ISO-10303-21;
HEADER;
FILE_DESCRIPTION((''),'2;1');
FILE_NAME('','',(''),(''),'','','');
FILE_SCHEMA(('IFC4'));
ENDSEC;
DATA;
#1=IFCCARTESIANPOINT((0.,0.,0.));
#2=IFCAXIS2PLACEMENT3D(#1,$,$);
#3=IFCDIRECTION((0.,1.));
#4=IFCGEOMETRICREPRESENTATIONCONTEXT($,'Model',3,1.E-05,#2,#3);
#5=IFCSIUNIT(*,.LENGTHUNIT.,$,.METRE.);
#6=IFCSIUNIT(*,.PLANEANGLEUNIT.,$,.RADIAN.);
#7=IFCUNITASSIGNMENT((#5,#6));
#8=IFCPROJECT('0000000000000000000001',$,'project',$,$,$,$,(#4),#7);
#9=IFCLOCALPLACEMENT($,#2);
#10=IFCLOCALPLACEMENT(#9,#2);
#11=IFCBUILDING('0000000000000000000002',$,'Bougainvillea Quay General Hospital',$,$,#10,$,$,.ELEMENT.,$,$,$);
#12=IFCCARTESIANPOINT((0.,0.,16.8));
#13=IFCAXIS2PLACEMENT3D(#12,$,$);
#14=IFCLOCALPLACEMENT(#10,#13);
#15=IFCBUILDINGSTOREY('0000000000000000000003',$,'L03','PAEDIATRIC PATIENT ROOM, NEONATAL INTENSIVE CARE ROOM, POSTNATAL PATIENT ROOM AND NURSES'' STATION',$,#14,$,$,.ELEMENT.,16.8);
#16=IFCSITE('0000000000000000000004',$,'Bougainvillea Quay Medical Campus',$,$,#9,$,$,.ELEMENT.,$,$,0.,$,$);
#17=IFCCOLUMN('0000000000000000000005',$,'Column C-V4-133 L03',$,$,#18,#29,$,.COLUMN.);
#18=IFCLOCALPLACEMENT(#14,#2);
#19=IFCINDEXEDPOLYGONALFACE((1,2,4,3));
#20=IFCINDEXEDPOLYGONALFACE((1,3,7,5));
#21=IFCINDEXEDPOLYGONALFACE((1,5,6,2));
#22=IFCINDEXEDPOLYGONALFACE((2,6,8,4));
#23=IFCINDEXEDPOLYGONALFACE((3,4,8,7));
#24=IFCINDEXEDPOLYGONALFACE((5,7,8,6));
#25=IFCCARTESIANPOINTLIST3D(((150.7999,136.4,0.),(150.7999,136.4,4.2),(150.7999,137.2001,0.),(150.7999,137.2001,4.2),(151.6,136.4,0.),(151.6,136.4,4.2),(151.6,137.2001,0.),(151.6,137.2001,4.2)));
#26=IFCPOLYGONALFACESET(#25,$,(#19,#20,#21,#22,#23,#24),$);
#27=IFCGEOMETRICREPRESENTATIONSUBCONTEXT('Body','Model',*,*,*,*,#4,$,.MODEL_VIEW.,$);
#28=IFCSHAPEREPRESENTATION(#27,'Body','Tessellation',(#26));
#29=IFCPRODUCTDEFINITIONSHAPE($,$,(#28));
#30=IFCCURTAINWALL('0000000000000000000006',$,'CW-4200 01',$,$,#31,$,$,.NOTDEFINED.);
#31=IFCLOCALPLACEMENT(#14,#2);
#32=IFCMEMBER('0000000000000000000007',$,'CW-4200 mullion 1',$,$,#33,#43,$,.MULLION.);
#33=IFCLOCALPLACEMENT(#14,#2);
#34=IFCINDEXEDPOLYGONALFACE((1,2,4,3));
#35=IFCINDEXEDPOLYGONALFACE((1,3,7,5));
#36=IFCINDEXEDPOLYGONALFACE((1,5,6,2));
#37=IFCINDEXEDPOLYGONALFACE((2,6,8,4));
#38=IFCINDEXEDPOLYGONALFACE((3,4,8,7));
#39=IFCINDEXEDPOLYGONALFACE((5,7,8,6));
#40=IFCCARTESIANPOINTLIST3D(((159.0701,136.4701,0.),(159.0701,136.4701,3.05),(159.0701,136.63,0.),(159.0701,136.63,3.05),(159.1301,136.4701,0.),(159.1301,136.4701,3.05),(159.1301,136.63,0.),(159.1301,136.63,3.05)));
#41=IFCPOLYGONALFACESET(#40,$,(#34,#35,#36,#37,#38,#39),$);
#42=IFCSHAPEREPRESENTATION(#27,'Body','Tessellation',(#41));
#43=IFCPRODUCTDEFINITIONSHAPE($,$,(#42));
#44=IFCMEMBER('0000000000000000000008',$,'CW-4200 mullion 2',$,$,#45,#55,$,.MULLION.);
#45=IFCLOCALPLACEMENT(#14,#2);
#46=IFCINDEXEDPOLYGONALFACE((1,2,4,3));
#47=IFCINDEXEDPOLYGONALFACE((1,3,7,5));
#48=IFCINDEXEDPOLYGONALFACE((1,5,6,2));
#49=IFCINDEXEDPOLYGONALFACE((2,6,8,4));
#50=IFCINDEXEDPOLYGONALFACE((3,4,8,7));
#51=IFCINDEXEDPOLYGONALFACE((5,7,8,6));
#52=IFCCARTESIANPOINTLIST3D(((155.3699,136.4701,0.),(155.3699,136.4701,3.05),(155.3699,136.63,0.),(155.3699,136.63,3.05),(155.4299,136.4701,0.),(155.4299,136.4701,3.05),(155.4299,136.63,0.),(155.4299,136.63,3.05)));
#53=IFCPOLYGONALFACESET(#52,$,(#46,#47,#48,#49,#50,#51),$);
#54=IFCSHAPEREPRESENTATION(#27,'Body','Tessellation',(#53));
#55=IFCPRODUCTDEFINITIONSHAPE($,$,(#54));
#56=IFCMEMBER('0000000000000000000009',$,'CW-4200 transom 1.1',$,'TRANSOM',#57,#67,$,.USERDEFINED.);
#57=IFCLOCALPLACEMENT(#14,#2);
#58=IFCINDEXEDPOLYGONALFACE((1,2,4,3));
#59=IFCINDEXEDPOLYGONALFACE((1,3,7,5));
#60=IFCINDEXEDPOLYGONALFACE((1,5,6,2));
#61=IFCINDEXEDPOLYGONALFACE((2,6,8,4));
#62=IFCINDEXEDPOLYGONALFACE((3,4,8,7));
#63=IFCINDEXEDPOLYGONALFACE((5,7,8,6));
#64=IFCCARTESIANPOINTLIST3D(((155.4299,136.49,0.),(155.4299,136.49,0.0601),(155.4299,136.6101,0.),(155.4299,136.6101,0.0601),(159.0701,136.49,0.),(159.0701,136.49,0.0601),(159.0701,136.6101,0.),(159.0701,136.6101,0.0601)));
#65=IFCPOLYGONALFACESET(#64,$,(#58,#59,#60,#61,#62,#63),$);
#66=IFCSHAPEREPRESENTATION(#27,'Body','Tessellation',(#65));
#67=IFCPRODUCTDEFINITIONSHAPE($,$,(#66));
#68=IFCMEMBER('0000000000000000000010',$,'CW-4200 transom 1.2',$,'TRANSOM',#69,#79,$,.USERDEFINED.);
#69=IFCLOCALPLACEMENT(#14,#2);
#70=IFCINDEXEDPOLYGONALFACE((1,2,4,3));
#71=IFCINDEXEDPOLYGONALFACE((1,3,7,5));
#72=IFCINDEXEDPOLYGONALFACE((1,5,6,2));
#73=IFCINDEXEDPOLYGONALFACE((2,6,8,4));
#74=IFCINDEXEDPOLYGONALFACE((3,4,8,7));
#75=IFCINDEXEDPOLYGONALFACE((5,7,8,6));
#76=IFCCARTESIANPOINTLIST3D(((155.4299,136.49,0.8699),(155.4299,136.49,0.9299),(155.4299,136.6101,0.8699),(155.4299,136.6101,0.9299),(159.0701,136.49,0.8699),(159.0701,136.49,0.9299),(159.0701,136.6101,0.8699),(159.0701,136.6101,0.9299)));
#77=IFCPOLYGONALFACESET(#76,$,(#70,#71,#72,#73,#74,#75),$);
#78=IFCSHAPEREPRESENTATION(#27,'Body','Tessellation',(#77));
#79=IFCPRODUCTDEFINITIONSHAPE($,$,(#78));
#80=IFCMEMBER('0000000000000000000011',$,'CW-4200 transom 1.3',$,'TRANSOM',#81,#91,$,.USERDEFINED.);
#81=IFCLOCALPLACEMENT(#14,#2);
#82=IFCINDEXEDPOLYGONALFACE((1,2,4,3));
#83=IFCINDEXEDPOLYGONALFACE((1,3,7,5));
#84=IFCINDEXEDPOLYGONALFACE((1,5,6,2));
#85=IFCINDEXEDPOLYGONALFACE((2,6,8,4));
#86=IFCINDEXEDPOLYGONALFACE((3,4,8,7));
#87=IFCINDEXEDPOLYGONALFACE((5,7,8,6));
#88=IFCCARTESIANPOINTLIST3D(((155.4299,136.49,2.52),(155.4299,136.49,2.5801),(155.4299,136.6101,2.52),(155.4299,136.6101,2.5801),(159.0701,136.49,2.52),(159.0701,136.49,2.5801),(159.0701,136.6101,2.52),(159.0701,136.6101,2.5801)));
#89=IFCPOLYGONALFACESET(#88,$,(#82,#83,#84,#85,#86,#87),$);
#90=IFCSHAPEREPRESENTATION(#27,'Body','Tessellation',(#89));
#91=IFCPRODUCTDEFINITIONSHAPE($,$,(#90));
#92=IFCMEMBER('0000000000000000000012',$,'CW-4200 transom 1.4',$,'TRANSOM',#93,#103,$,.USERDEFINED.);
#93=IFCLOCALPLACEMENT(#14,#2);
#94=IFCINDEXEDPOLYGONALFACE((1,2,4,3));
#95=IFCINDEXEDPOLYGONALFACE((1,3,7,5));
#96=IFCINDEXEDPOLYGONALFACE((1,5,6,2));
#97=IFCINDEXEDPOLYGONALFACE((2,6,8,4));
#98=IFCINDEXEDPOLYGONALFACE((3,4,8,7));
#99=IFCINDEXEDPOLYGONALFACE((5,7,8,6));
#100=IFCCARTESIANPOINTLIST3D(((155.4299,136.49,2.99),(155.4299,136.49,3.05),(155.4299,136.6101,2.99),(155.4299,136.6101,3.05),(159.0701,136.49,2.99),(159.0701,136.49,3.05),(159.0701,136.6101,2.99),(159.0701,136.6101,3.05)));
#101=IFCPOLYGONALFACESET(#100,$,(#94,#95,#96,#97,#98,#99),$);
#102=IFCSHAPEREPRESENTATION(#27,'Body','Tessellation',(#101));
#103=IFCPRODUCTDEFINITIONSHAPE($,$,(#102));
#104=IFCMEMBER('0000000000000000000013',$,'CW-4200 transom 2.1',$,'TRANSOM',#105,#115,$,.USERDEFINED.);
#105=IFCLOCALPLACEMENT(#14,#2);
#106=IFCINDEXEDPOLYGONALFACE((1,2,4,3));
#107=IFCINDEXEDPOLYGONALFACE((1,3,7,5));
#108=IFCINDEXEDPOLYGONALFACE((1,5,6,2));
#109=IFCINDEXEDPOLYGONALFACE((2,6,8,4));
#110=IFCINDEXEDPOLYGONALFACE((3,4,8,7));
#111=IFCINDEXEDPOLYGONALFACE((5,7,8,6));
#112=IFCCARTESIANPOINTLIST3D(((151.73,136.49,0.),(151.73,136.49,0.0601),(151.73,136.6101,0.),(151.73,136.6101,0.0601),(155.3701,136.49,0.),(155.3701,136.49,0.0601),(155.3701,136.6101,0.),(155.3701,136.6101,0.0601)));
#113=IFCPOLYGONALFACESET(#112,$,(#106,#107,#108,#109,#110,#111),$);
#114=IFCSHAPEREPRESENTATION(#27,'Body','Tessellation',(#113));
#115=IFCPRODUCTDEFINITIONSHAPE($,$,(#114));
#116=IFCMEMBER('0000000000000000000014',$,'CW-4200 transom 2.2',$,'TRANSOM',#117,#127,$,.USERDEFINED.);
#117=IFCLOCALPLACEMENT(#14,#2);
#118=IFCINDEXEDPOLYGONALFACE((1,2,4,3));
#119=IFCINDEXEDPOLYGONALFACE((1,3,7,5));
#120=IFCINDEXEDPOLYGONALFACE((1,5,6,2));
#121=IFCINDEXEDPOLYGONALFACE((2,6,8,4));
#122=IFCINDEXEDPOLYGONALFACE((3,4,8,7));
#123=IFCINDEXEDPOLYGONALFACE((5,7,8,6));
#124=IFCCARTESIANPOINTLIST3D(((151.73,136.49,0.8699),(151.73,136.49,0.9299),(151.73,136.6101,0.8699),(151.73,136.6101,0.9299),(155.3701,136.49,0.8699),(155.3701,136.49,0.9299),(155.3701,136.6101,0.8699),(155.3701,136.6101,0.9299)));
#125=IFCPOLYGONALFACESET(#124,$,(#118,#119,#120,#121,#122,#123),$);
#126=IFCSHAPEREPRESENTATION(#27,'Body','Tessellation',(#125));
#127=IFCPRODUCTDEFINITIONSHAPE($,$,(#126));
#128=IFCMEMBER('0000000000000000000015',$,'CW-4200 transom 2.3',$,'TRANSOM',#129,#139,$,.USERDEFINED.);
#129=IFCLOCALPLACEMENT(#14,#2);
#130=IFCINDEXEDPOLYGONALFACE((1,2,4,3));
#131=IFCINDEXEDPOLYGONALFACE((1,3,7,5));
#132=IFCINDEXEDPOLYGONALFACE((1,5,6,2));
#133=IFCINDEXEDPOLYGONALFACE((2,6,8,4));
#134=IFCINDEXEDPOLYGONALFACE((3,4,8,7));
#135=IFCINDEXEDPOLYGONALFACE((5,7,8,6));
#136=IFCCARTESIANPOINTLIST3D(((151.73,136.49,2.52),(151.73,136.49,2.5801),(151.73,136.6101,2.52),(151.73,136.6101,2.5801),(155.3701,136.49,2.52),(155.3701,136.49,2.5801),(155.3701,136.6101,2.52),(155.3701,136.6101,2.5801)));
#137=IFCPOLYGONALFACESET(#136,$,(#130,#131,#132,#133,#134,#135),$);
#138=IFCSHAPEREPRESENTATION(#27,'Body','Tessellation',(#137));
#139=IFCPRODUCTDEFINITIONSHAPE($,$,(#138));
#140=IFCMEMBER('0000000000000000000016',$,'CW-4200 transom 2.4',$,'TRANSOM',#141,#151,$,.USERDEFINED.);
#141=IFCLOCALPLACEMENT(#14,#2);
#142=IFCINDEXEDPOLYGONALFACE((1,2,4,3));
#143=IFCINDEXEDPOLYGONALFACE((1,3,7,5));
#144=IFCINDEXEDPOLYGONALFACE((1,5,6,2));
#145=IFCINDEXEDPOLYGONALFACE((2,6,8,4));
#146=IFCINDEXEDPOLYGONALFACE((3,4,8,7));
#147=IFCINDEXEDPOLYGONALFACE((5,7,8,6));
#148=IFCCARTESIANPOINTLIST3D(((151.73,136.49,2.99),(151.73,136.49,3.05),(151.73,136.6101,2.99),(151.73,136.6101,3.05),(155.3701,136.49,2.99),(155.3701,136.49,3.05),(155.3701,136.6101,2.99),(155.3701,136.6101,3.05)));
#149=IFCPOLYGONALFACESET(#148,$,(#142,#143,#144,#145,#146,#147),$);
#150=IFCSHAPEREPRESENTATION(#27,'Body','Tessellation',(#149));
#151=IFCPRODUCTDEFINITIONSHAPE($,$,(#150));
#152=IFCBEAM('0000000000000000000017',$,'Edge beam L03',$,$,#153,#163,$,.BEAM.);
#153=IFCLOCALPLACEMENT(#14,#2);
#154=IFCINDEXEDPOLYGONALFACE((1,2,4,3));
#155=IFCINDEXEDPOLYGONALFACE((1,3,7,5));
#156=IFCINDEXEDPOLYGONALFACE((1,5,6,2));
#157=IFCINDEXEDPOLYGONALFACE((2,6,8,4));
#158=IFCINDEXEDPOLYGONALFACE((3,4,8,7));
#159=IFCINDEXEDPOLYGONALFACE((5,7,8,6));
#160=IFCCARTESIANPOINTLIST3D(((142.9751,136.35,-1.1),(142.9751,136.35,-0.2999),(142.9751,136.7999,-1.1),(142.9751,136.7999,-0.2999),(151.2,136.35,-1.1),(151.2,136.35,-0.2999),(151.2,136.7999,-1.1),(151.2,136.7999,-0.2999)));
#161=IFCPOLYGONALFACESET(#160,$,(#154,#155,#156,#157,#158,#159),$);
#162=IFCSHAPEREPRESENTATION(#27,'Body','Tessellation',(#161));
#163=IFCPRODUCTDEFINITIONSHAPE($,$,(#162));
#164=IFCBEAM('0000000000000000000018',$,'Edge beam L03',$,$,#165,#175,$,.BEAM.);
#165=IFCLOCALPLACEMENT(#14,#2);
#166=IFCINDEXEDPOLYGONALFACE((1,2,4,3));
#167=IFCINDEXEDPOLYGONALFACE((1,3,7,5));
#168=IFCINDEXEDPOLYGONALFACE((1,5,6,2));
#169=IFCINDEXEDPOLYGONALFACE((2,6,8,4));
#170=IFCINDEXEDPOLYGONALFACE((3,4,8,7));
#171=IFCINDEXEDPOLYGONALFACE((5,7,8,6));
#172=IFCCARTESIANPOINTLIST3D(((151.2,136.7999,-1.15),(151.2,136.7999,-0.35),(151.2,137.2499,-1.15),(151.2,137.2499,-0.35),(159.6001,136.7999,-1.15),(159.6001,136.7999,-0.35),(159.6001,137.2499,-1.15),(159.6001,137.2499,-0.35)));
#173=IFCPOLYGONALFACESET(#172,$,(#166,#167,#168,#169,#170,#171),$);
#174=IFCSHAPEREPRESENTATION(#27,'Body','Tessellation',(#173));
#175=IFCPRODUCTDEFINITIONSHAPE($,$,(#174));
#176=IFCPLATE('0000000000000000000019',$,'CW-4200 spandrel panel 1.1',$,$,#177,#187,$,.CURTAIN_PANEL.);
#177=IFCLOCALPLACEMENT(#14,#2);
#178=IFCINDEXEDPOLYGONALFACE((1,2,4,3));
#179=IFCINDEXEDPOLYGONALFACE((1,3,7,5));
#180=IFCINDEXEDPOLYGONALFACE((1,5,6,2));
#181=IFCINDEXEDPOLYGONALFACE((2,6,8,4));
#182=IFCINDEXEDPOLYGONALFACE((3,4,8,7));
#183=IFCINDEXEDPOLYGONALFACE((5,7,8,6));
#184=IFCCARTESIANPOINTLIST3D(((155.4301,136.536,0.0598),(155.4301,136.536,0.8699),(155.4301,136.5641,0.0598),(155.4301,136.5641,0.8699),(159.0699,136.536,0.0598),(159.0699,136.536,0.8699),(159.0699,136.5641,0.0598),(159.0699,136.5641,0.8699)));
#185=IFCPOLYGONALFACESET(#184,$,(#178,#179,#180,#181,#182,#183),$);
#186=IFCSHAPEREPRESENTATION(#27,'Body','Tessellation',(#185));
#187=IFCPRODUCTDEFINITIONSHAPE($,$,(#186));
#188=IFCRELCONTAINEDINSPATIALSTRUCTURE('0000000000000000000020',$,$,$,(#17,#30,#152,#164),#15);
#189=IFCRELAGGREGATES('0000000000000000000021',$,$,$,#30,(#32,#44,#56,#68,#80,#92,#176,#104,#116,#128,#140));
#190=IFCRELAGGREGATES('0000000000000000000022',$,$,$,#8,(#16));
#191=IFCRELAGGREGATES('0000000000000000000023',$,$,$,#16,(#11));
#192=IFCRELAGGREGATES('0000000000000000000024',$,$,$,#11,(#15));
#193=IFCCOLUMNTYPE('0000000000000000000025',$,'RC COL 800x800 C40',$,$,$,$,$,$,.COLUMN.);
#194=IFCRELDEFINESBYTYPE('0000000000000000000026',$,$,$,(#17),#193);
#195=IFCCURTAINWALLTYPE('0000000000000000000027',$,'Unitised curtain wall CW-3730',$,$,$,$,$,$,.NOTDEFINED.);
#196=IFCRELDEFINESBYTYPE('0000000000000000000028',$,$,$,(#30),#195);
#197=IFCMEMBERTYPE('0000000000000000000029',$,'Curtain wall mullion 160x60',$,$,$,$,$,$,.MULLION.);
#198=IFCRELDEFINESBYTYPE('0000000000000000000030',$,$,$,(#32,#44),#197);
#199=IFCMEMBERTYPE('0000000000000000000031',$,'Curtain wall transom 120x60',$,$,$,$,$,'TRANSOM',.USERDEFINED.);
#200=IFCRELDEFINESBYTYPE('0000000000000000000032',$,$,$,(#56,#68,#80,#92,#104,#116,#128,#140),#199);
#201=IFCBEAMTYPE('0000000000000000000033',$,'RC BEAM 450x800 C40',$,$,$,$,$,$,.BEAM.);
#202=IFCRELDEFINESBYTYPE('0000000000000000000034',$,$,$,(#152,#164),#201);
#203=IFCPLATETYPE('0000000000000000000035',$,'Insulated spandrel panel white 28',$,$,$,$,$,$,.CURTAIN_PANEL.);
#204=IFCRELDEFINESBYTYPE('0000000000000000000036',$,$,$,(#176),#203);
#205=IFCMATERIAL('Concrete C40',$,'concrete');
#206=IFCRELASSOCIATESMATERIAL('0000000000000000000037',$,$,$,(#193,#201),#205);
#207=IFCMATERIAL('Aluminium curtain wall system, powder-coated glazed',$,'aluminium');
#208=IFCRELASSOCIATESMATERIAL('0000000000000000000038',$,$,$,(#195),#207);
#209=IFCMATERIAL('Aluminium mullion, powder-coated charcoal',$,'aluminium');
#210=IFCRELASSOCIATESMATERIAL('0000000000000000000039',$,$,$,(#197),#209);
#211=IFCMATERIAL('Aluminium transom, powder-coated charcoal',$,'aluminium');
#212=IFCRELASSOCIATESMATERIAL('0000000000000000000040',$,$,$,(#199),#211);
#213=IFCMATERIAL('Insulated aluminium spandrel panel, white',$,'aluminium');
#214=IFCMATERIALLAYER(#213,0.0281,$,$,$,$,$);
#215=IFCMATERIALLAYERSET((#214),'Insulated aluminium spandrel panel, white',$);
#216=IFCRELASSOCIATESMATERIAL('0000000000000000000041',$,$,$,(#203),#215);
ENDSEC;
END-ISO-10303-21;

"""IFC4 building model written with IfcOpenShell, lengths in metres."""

from ifc_helpers import new_model, si_unit, direction, frame, origin, origin_2d, place, context, subcontext, project, spatial, rectangle, extrude, material, layer, layer_set, material_profile, profile_set, type_object, element, aggregate, save


model = new_model("IFC4")

# Units and contexts
model_context = context("Model", 3, precision=1e-05, world=origin(), true_north=direction((0.0, 1.0)))
body_context = subcontext(model_context, "Body", "Model", "MODEL_VIEW")
ifc_project = project(units=[si_unit("LENGTHUNIT", "METRE"), si_unit("PLANEANGLEUNIT", "RADIAN")], contexts=[model_context])

# Site, building, storey
site_placement = place(None, origin())
site = spatial("IfcSite", under=ifc_project, at=site_placement, Name="Bougainvillea Quay Medical Campus", CompositionType="ELEMENT", RefElevation=0.0)
building_placement = place(site_placement, origin())
building = spatial("IfcBuilding", under=site, at=building_placement, Name="Bougainvillea Quay General Hospital", CompositionType="ELEMENT")
storey_placement = place(building_placement, frame((0.0, 0.0, 16.8)))
storey = spatial("IfcBuildingStorey", under=building, at=storey_placement, Name="L03", Description="PAEDIATRIC PATIENT ROOM, NEONATAL INTENSIVE CARE ROOM, POSTNATAL PATIENT ROOM AND NURSES' STATION", CompositionType="ELEMENT", Elevation=16.8)

# Column
ifc_material_1 = material(Name="Concrete C40", Category="concrete")
ifc_material_profile_1 = material_profile(ifc_material_1, rectangle(XDim=0.8, YDim=0.8, at=origin_2d()))
ifc_profile_set_1 = profile_set([ifc_material_profile_1], Name="Concrete C40")
column_type = type_object("IfcColumnType", Name="RC COL 800x800 C40", PredefinedType="COLUMN", material=ifc_profile_set_1)
column_placement = place(storey_placement, frame((151.2, 136.8, 0.0), z_axis=(0.0, 0.0, 1.0), x_axis=(1.0, 0.0, 0.0)))
element("IfcColumn", 1, at=column_placement, inside=storey, type_object=column_type, Name="Column C-V4-133 L03", PredefinedType="COLUMN", context=body_context, shape_type="SweptSolid", body=[
    extrude(rectangle(XDim=0.8, YDim=0.8, at=origin_2d()), origin(), (0.0, 0.0, 1.0), 4.2),
])

# Curtain wall, members
ifc_material_2 = material(Name="Aluminium curtain wall system, powder-coated glazed", Category="aluminium")
curtain_wall_type = type_object("IfcCurtainWallType", Name="Unitised curtain wall CW-3730", PredefinedType="NOTDEFINED", material=ifc_material_2)
curtain_wall_placement = place(storey_placement, origin())
curtain_wall = element("IfcCurtainWall", 2, at=curtain_wall_placement, inside=storey, type_object=curtain_wall_type, Name="CW-4200 01", PredefinedType="NOTDEFINED")
ifc_material_3 = material(Name="Aluminium mullion, powder-coated charcoal", Category="aluminium")
ifc_material_profile_2 = material_profile(ifc_material_3, rectangle(XDim=0.1599, YDim=0.0601, at=origin_2d()))
ifc_profile_set_2 = profile_set([ifc_material_profile_2], Name="Aluminium mullion, powder-coated charcoal")
member_type_1 = type_object("IfcMemberType", Name="Curtain wall mullion 160x60", PredefinedType="MULLION", material=ifc_profile_set_2)
member_1_placement = place(storey_placement, frame((159.1001, 136.55, 0.0), z_axis=(0.0, 0.0, 1.0), x_axis=(0.0, -1.0, 0.0)))
member_1 = element("IfcMember", 3, at=member_1_placement, type_object=member_type_1, Name="CW-4200 mullion 1", PredefinedType="MULLION", context=body_context, shape_type="SweptSolid", body=[
    extrude(rectangle(XDim=0.1599, YDim=0.0601, at=origin_2d()), origin(), (0.0, 0.0, 1.0), 3.05),
])
member_2_placement = place(storey_placement, frame((155.3999, 136.55, 0.0), z_axis=(0.0, 0.0, 1.0), x_axis=(0.0, -1.0, 0.0)))
member_2 = element("IfcMember", 4, at=member_2_placement, type_object=member_type_1, Name="CW-4200 mullion 2", PredefinedType="MULLION", context=body_context, shape_type="SweptSolid", body=[
    extrude(rectangle(XDim=0.1599, YDim=0.0601, at=origin_2d()), origin(), (0.0, 0.0, 1.0), 3.05),
])
ifc_material_4 = material(Name="Aluminium transom, powder-coated charcoal", Category="aluminium")
ifc_material_profile_3 = material_profile(ifc_material_4, rectangle(XDim=0.1201, YDim=0.0601, at=origin_2d()))
ifc_profile_set_3 = profile_set([ifc_material_profile_3], Name="Aluminium transom, powder-coated charcoal")
member_type_2 = type_object("IfcMemberType", Name="Curtain wall transom 120x60", ElementType="TRANSOM", PredefinedType="USERDEFINED", material=ifc_profile_set_3)
member_3_placement = place(storey_placement, frame((159.0701, 136.55, 0.03), z_axis=(-1.0, 0.0, 0.0), x_axis=(0.0, -1.0, 0.0)))
member_3 = element("IfcMember", 5, at=member_3_placement, type_object=member_type_2, Name="CW-4200 transom 1.1", ObjectType="TRANSOM", PredefinedType="USERDEFINED", context=body_context, shape_type="SweptSolid", body=[
    extrude(rectangle(XDim=0.1201, YDim=0.0601, at=origin_2d()), origin(), (0.0, 0.0, 1.0), 3.6401),
])
member_4_placement = place(storey_placement, frame((159.0701, 136.55, 0.8999), z_axis=(-1.0, 0.0, 0.0), x_axis=(0.0, -1.0, 0.0)))
member_4 = element("IfcMember", 6, at=member_4_placement, type_object=member_type_2, Name="CW-4200 transom 1.2", ObjectType="TRANSOM", PredefinedType="USERDEFINED", context=body_context, shape_type="SweptSolid", body=[
    extrude(rectangle(XDim=0.1201, YDim=0.0601, at=origin_2d()), origin(), (0.0, 0.0, 1.0), 3.6401),
])
member_5_placement = place(storey_placement, frame((159.0701, 136.55, 2.55), z_axis=(-1.0, 0.0, 0.0), x_axis=(0.0, -1.0, 0.0)))
member_5 = element("IfcMember", 7, at=member_5_placement, type_object=member_type_2, Name="CW-4200 transom 1.3", ObjectType="TRANSOM", PredefinedType="USERDEFINED", context=body_context, shape_type="SweptSolid", body=[
    extrude(rectangle(XDim=0.1201, YDim=0.0601, at=origin_2d()), origin(), (0.0, 0.0, 1.0), 3.6401),
])
member_6_placement = place(storey_placement, frame((159.0701, 136.55, 3.02), z_axis=(-1.0, 0.0, 0.0), x_axis=(0.0, -1.0, 0.0)))
member_6 = element("IfcMember", 8, at=member_6_placement, type_object=member_type_2, Name="CW-4200 transom 1.4", ObjectType="TRANSOM", PredefinedType="USERDEFINED", context=body_context, shape_type="SweptSolid", body=[
    extrude(rectangle(XDim=0.1201, YDim=0.0601, at=origin_2d()), origin(), (0.0, 0.0, 1.0), 3.6401),
])
member_7_placement = place(storey_placement, frame((155.3701, 136.55, 0.03), z_axis=(-1.0, 0.0, 0.0), x_axis=(0.0, -1.0, 0.0)))
member_7 = element("IfcMember", 9, at=member_7_placement, type_object=member_type_2, Name="CW-4200 transom 2.1", ObjectType="TRANSOM", PredefinedType="USERDEFINED", context=body_context, shape_type="SweptSolid", body=[
    extrude(rectangle(XDim=0.1201, YDim=0.0601, at=origin_2d()), origin(), (0.0, 0.0, 1.0), 3.6401),
])
member_8_placement = place(storey_placement, frame((155.3701, 136.55, 0.8999), z_axis=(-1.0, 0.0, 0.0), x_axis=(0.0, -1.0, 0.0)))
member_8 = element("IfcMember", 10, at=member_8_placement, type_object=member_type_2, Name="CW-4200 transom 2.2", ObjectType="TRANSOM", PredefinedType="USERDEFINED", context=body_context, shape_type="SweptSolid", body=[
    extrude(rectangle(XDim=0.1201, YDim=0.0601, at=origin_2d()), origin(), (0.0, 0.0, 1.0), 3.6401),
])
member_9_placement = place(storey_placement, frame((155.3701, 136.55, 2.55), z_axis=(-1.0, 0.0, 0.0), x_axis=(0.0, -1.0, 0.0)))
member_9 = element("IfcMember", 11, at=member_9_placement, type_object=member_type_2, Name="CW-4200 transom 2.3", ObjectType="TRANSOM", PredefinedType="USERDEFINED", context=body_context, shape_type="SweptSolid", body=[
    extrude(rectangle(XDim=0.1201, YDim=0.0601, at=origin_2d()), origin(), (0.0, 0.0, 1.0), 3.6401),
])
member_10_placement = place(storey_placement, frame((155.3701, 136.55, 3.02), z_axis=(-1.0, 0.0, 0.0), x_axis=(0.0, -1.0, 0.0)))
member_10 = element("IfcMember", 12, at=member_10_placement, type_object=member_type_2, Name="CW-4200 transom 2.4", ObjectType="TRANSOM", PredefinedType="USERDEFINED", context=body_context, shape_type="SweptSolid", body=[
    extrude(rectangle(XDim=0.1201, YDim=0.0601, at=origin_2d()), origin(), (0.0, 0.0, 1.0), 3.6401),
])

# Beams
ifc_material_profile_4 = material_profile(ifc_material_1, rectangle(XDim=0.45, YDim=0.8, at=origin_2d()))
ifc_profile_set_4 = profile_set([ifc_material_profile_4], Name="Concrete C40")
beam_type = type_object("IfcBeamType", Name="RC BEAM 450x800 C40", PredefinedType="BEAM", material=ifc_profile_set_4)
beam_1_placement = place(storey_placement, frame((151.2, 136.575, -0.7), z_axis=(-1.0, 0.0, 0.0), x_axis=(0.0, -1.0, 0.0)))
element("IfcBeam", 13, at=beam_1_placement, inside=storey, type_object=beam_type, Name="Edge beam L03", PredefinedType="BEAM", context=body_context, shape_type="SweptSolid", body=[
    extrude(rectangle(XDim=0.45, YDim=0.8, at=origin_2d()), origin(), (0.0, 0.0, 1.0), 8.2249),
])
beam_2_placement = place(storey_placement, frame((151.2, 137.0249, -0.75), z_axis=(1.0, 0.0, 0.0), x_axis=(0.0, 1.0, 0.0)))
element("IfcBeam", 14, at=beam_2_placement, inside=storey, type_object=beam_type, Name="Edge beam L03", PredefinedType="BEAM", context=body_context, shape_type="SweptSolid", body=[
    extrude(rectangle(XDim=0.45, YDim=0.8, at=origin_2d()), origin(), (0.0, 0.0, 1.0), 8.4001),
])

# Plate
ifc_material_5 = material(Name="Insulated aluminium spandrel panel, white", Category="aluminium")
ifc_layer_1 = layer(ifc_material_5, 0.0281)
ifc_layer_set_1 = layer_set([ifc_layer_1], Name="Insulated aluminium spandrel panel, white")
plate_type_1 = type_object("IfcPlateType", Name="Insulated spandrel panel white 28", PredefinedType="CURTAIN_PANEL", material=ifc_layer_set_1)
plate_1_placement = place(storey_placement, frame((157.25, 136.55, 0.0598), z_axis=(0.0, 0.0, 1.0), x_axis=(-1.0, 0.0, 0.0)))
plate_1 = element("IfcPlate", 15, at=plate_1_placement, type_object=plate_type_1, Name="CW-4200 spandrel panel 1.1", PredefinedType="CURTAIN_PANEL", context=body_context, shape_type="SweptSolid", body=[
    extrude(rectangle(XDim=3.6399, YDim=0.0281, at=origin_2d()), origin(), (0.0, 0.0, 1.0), 0.8101),
])
aggregate(curtain_wall, [member_1, member_2, member_3, member_4, member_5, member_6, plate_1, member_7, member_8, member_9, member_10])

save(model, "model.ifc")
